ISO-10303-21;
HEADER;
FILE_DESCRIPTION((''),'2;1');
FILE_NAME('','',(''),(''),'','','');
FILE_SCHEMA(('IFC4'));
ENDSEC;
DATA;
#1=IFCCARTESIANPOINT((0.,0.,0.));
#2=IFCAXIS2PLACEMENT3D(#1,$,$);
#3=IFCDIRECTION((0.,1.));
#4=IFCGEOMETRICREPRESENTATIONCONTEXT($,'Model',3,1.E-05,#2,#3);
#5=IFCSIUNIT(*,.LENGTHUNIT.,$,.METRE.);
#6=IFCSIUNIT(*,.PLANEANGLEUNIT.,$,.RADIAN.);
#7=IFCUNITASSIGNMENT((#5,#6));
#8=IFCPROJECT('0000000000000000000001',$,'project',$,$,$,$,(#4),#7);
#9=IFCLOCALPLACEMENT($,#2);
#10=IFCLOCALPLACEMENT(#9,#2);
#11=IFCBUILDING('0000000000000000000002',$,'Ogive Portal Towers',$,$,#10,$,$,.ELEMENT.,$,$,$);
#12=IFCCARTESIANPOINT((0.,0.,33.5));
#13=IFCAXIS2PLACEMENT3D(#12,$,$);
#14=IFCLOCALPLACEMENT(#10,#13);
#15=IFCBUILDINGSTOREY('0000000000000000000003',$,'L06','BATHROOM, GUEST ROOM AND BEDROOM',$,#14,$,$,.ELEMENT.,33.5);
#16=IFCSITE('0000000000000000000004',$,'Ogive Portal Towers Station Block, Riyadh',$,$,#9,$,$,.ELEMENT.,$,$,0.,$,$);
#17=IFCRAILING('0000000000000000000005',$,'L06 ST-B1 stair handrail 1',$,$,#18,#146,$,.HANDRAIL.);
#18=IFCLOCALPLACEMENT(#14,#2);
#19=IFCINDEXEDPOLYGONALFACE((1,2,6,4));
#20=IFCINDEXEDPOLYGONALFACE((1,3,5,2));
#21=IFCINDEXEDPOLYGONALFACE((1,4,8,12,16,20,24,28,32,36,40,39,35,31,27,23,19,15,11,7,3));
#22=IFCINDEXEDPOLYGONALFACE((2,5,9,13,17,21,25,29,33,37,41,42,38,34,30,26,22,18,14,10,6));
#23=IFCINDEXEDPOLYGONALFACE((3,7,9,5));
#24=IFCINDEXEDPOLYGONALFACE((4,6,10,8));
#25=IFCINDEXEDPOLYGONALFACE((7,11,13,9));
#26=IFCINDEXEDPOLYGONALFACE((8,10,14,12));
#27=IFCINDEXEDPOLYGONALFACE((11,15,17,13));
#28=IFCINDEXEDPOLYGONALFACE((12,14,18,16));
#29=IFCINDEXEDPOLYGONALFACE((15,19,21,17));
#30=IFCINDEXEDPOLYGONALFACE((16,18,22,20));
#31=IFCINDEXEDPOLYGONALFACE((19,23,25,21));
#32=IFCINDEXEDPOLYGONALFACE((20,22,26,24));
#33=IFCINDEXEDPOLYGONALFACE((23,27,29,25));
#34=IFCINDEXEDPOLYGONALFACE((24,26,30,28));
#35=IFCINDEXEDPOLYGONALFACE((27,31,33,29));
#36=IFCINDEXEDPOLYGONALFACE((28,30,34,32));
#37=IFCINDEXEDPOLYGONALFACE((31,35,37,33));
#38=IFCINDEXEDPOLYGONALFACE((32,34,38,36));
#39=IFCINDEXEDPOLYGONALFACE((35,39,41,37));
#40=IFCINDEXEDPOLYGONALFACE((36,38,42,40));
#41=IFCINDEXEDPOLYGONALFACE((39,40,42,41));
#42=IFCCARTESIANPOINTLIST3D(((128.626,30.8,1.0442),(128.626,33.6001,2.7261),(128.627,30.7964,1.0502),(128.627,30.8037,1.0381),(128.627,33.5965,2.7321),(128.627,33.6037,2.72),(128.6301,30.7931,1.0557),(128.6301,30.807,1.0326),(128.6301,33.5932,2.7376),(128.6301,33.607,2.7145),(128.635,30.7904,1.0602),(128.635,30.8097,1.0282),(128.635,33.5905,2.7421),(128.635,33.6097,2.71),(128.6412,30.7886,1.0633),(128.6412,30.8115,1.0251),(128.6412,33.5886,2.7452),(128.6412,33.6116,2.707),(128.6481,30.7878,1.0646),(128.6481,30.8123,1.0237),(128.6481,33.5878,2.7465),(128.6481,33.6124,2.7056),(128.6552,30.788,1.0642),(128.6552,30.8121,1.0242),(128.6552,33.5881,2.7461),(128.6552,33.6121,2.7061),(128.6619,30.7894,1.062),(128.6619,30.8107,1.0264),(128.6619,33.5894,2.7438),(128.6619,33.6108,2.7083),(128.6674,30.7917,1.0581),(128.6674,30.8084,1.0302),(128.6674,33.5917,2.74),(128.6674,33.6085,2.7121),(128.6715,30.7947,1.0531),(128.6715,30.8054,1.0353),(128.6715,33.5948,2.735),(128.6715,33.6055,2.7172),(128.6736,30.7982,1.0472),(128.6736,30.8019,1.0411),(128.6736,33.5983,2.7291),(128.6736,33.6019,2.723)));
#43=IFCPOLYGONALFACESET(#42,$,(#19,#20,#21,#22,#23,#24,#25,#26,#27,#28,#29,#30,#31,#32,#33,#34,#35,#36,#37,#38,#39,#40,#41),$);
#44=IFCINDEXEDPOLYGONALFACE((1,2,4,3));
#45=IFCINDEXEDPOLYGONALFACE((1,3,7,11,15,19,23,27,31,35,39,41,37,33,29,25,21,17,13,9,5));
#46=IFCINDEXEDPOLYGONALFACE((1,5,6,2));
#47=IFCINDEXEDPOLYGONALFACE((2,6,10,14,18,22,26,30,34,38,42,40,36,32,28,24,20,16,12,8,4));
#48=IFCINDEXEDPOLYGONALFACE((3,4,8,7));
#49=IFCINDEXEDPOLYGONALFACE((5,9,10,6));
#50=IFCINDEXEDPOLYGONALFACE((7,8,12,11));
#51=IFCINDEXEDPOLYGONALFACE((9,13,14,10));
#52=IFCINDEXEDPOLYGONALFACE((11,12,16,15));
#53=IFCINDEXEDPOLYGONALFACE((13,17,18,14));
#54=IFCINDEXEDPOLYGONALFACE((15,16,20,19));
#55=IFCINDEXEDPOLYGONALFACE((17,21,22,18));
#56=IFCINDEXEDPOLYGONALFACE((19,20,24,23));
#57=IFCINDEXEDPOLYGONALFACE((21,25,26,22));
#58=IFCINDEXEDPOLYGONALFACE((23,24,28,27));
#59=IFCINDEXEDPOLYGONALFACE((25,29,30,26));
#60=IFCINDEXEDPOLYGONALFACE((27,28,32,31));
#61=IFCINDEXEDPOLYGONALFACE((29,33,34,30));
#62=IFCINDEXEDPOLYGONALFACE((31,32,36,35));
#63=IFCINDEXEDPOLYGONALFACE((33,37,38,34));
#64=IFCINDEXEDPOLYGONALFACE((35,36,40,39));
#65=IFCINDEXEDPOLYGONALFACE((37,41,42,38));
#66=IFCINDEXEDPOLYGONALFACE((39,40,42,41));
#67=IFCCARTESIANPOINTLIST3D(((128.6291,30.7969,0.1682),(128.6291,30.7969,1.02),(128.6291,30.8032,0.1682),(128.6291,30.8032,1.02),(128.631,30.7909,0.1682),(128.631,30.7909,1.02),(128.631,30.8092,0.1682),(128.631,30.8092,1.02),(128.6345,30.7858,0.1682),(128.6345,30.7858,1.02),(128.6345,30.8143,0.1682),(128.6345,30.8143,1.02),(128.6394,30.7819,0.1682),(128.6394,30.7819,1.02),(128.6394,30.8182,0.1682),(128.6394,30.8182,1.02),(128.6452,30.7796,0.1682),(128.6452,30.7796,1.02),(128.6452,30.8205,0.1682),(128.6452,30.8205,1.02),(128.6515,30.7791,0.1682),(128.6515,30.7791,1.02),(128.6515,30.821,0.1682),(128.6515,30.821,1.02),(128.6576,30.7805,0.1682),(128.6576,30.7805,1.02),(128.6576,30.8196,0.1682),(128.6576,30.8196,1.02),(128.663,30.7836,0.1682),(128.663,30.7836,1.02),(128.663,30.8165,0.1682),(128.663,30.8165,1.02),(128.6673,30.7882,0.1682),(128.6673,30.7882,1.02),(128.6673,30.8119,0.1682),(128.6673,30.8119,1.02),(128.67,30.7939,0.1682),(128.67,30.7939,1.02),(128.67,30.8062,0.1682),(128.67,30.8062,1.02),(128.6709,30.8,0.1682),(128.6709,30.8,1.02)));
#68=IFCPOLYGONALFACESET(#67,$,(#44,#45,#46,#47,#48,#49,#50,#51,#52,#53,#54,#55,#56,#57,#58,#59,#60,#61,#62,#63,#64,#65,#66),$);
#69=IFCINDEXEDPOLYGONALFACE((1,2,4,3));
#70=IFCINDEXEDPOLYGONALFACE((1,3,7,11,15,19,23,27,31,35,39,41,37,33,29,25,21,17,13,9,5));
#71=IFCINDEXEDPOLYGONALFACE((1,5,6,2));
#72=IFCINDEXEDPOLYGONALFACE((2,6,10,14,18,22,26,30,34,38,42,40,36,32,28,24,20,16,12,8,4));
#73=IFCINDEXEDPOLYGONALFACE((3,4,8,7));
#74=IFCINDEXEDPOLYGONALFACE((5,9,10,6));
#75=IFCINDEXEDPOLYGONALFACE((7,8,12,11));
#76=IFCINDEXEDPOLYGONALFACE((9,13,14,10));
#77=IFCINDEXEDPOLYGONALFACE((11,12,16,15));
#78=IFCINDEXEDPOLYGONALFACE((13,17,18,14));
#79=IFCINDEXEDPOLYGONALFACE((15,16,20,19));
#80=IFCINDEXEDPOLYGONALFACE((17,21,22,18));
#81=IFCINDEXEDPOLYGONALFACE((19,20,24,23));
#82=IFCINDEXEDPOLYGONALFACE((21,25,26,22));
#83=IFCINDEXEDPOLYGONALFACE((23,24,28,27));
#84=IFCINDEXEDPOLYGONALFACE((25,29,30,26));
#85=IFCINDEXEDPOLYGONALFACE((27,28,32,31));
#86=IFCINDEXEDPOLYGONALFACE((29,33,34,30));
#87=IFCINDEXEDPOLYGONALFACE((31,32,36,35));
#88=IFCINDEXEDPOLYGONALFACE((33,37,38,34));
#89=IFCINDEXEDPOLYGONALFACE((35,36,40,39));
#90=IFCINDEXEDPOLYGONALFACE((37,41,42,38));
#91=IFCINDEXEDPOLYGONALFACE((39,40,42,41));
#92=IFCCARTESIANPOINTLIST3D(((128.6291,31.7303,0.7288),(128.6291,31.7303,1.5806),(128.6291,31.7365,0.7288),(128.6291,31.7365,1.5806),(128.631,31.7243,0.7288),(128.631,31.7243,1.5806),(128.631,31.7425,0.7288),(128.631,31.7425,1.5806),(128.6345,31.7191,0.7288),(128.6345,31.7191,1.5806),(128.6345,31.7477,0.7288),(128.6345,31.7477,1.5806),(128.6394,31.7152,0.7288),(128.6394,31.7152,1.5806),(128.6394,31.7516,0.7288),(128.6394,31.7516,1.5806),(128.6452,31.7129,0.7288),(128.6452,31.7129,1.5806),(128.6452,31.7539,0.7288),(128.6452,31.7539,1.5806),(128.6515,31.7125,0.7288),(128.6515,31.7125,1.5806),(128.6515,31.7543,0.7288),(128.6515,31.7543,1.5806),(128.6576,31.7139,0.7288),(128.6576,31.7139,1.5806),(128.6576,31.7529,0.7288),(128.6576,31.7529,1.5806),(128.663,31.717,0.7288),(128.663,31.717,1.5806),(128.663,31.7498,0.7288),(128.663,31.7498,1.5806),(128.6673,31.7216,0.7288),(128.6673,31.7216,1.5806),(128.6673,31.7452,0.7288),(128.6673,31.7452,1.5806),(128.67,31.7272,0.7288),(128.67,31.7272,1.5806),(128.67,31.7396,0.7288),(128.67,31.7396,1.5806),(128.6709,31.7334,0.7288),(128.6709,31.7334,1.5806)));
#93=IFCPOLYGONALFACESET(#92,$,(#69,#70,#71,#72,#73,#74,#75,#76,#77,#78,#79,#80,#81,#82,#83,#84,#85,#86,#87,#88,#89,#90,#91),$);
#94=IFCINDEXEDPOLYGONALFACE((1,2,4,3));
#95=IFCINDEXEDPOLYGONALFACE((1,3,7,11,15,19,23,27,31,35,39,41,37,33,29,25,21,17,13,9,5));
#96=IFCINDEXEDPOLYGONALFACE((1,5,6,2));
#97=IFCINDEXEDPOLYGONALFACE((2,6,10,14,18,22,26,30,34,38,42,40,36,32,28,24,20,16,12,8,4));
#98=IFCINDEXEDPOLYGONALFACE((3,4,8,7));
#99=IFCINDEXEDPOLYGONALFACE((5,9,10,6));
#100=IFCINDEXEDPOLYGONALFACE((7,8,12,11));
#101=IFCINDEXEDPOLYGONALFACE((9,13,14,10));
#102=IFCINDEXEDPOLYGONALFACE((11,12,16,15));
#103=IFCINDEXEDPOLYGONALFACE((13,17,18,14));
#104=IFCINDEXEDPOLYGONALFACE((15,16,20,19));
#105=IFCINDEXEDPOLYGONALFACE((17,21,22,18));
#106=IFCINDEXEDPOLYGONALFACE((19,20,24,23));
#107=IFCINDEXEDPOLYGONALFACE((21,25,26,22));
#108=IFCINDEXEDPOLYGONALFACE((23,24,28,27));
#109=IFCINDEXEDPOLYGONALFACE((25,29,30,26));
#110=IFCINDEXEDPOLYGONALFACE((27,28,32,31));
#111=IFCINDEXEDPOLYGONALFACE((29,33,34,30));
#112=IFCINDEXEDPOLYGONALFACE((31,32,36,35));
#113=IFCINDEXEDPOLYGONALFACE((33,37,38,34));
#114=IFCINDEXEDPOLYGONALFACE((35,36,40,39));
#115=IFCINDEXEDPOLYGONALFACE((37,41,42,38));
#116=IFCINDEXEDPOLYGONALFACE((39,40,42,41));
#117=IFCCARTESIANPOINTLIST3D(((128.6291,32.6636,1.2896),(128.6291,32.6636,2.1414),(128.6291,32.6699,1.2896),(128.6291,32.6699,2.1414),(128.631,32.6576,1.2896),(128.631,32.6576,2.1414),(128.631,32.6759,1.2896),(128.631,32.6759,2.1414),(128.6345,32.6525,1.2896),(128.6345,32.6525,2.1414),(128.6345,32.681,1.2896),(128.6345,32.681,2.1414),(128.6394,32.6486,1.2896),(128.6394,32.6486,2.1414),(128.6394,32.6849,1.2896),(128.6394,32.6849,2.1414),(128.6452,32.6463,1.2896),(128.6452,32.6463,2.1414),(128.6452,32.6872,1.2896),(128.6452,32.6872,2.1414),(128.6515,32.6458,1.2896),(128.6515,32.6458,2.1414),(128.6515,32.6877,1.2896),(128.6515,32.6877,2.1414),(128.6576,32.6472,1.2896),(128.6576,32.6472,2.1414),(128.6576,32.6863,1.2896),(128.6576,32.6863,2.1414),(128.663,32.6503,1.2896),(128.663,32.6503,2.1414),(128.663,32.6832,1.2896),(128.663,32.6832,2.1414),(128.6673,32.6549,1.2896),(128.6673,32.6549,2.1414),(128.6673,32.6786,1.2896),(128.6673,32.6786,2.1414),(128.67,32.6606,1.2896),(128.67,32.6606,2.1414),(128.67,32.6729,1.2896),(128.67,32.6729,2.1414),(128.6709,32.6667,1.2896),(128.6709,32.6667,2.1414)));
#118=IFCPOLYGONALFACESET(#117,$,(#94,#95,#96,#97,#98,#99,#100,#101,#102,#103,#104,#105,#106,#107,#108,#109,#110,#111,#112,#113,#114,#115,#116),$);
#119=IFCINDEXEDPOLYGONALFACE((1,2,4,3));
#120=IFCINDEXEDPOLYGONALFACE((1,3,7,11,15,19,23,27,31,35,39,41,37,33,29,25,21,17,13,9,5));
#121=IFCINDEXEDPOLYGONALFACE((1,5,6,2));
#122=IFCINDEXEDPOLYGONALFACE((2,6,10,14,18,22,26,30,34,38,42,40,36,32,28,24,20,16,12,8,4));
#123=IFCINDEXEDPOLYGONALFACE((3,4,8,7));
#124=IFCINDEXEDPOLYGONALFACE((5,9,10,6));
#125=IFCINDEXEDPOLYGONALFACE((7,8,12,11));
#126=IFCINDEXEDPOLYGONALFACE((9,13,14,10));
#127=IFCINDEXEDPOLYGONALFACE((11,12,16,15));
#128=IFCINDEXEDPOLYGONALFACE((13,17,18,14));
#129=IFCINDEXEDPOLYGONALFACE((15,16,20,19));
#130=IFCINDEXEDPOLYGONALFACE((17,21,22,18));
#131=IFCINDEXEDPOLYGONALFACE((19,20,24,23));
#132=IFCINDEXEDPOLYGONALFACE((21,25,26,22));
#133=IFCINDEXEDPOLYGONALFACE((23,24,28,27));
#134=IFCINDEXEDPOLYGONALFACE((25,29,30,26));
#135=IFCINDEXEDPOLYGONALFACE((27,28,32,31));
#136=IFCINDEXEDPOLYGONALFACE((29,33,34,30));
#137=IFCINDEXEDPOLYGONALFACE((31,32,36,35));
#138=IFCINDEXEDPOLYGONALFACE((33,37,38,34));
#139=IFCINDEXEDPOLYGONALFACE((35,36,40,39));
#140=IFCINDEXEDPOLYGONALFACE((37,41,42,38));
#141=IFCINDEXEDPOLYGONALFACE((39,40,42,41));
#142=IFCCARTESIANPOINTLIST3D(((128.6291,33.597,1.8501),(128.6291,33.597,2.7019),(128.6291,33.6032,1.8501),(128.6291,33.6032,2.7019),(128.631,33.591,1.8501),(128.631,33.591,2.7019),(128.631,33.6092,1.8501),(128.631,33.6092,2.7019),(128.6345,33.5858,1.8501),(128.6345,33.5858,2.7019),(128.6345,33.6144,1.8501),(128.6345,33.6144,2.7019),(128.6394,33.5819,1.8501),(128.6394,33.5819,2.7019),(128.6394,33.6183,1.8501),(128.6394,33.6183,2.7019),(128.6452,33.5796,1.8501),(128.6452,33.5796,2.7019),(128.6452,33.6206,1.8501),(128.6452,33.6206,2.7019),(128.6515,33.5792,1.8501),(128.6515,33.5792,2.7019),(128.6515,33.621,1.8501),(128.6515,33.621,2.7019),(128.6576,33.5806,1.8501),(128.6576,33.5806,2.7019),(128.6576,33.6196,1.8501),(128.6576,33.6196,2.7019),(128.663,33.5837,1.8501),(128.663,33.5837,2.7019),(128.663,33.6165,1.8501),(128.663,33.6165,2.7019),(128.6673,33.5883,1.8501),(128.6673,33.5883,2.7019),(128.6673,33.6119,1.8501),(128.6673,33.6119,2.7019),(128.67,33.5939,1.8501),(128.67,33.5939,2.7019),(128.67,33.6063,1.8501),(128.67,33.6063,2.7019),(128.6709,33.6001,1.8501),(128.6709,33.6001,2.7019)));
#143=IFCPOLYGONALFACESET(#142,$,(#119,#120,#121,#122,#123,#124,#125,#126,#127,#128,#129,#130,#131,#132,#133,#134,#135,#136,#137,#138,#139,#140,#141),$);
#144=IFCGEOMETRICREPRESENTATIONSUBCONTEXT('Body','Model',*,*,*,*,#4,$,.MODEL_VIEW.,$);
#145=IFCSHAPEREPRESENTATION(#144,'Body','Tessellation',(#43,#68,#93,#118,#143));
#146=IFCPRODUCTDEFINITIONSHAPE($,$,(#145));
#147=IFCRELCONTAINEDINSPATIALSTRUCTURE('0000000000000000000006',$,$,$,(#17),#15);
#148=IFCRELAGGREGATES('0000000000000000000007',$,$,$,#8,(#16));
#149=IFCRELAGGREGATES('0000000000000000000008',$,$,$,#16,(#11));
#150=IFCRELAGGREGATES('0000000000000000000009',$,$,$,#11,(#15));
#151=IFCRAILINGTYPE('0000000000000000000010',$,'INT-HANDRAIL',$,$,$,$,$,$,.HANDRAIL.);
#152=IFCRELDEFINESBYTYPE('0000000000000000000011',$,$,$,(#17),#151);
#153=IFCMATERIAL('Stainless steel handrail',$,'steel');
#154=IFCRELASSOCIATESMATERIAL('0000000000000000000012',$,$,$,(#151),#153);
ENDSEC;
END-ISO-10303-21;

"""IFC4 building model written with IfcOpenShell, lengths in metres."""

from ifc_helpers import new_model, si_unit, direction, frame, origin, origin_2d, place, context, subcontext, project, spatial, circle, extrude, material, type_object, element, save


model = new_model("IFC4")

# Units and contexts
model_context = context("Model", 3, precision=1e-05, world=origin(), true_north=direction((0.0, 1.0)))
body_context = subcontext(model_context, "Body", "Model", "MODEL_VIEW")
ifc_project = project(units=[si_unit("LENGTHUNIT", "METRE"), si_unit("PLANEANGLEUNIT", "RADIAN")], contexts=[model_context])

# Site, building, storey
site_placement = place(None, origin())
site = spatial("IfcSite", under=ifc_project, at=site_placement, Name="Ogive Portal Towers Station Block, Riyadh", CompositionType="ELEMENT", RefElevation=0.0)
building_placement = place(site_placement, origin())
building = spatial("IfcBuilding", under=site, at=building_placement, Name="Ogive Portal Towers", CompositionType="ELEMENT")
storey_placement = place(building_placement, frame((0.0, 0.0, 33.5)))
storey = spatial("IfcBuildingStorey", under=building, at=storey_placement, Name="L06", Description="BATHROOM, GUEST ROOM AND BEDROOM", CompositionType="ELEMENT", Elevation=33.5)

# Railing
ifc_material_1 = material(Name="Stainless steel handrail", Category="steel")
railing_type_1 = type_object("IfcRailingType", Name="INT-HANDRAIL", PredefinedType="HANDRAIL", material=ifc_material_1)
railing_1_placement = place(storey_placement, frame((128.6499, 30.8, 0.1682)))
element("IfcRailing", 1, at=railing_1_placement, inside=storey, type_object=railing_type_1, Name="L06 ST-B1 stair handrail 1", PredefinedType="HANDRAIL", context=body_context, shape_type="SweptSolid", body=[
    extrude(circle(Radius=0.0239, at=origin_2d()), frame((0.0, 0.0, 0.876), z_axis=(0.0, 0.857242, 0.514913), x_axis=(-1.0, 0.0, 0.0)), (0.0, 0.0, 1.0), 3.2664),
    extrude(circle(Radius=0.021, at=origin_2d()), origin(), (0.0, 0.0, 1.0), 0.8518),
    extrude(circle(Radius=0.021, at=origin_2d()), frame((0.0, 0.9333, 0.5605)), (0.0, 0.0, 1.0), 0.8518),
    extrude(circle(Radius=0.021, at=origin_2d()), frame((0.0, 1.8667, 1.1213)), (0.0, 0.0, 1.0), 0.8518),
    extrude(circle(Radius=0.021, at=origin_2d()), frame((0.0, 2.8, 1.6819)), (0.0, 0.0, 1.0), 0.8518),
])

save(model, "model.ifc")
